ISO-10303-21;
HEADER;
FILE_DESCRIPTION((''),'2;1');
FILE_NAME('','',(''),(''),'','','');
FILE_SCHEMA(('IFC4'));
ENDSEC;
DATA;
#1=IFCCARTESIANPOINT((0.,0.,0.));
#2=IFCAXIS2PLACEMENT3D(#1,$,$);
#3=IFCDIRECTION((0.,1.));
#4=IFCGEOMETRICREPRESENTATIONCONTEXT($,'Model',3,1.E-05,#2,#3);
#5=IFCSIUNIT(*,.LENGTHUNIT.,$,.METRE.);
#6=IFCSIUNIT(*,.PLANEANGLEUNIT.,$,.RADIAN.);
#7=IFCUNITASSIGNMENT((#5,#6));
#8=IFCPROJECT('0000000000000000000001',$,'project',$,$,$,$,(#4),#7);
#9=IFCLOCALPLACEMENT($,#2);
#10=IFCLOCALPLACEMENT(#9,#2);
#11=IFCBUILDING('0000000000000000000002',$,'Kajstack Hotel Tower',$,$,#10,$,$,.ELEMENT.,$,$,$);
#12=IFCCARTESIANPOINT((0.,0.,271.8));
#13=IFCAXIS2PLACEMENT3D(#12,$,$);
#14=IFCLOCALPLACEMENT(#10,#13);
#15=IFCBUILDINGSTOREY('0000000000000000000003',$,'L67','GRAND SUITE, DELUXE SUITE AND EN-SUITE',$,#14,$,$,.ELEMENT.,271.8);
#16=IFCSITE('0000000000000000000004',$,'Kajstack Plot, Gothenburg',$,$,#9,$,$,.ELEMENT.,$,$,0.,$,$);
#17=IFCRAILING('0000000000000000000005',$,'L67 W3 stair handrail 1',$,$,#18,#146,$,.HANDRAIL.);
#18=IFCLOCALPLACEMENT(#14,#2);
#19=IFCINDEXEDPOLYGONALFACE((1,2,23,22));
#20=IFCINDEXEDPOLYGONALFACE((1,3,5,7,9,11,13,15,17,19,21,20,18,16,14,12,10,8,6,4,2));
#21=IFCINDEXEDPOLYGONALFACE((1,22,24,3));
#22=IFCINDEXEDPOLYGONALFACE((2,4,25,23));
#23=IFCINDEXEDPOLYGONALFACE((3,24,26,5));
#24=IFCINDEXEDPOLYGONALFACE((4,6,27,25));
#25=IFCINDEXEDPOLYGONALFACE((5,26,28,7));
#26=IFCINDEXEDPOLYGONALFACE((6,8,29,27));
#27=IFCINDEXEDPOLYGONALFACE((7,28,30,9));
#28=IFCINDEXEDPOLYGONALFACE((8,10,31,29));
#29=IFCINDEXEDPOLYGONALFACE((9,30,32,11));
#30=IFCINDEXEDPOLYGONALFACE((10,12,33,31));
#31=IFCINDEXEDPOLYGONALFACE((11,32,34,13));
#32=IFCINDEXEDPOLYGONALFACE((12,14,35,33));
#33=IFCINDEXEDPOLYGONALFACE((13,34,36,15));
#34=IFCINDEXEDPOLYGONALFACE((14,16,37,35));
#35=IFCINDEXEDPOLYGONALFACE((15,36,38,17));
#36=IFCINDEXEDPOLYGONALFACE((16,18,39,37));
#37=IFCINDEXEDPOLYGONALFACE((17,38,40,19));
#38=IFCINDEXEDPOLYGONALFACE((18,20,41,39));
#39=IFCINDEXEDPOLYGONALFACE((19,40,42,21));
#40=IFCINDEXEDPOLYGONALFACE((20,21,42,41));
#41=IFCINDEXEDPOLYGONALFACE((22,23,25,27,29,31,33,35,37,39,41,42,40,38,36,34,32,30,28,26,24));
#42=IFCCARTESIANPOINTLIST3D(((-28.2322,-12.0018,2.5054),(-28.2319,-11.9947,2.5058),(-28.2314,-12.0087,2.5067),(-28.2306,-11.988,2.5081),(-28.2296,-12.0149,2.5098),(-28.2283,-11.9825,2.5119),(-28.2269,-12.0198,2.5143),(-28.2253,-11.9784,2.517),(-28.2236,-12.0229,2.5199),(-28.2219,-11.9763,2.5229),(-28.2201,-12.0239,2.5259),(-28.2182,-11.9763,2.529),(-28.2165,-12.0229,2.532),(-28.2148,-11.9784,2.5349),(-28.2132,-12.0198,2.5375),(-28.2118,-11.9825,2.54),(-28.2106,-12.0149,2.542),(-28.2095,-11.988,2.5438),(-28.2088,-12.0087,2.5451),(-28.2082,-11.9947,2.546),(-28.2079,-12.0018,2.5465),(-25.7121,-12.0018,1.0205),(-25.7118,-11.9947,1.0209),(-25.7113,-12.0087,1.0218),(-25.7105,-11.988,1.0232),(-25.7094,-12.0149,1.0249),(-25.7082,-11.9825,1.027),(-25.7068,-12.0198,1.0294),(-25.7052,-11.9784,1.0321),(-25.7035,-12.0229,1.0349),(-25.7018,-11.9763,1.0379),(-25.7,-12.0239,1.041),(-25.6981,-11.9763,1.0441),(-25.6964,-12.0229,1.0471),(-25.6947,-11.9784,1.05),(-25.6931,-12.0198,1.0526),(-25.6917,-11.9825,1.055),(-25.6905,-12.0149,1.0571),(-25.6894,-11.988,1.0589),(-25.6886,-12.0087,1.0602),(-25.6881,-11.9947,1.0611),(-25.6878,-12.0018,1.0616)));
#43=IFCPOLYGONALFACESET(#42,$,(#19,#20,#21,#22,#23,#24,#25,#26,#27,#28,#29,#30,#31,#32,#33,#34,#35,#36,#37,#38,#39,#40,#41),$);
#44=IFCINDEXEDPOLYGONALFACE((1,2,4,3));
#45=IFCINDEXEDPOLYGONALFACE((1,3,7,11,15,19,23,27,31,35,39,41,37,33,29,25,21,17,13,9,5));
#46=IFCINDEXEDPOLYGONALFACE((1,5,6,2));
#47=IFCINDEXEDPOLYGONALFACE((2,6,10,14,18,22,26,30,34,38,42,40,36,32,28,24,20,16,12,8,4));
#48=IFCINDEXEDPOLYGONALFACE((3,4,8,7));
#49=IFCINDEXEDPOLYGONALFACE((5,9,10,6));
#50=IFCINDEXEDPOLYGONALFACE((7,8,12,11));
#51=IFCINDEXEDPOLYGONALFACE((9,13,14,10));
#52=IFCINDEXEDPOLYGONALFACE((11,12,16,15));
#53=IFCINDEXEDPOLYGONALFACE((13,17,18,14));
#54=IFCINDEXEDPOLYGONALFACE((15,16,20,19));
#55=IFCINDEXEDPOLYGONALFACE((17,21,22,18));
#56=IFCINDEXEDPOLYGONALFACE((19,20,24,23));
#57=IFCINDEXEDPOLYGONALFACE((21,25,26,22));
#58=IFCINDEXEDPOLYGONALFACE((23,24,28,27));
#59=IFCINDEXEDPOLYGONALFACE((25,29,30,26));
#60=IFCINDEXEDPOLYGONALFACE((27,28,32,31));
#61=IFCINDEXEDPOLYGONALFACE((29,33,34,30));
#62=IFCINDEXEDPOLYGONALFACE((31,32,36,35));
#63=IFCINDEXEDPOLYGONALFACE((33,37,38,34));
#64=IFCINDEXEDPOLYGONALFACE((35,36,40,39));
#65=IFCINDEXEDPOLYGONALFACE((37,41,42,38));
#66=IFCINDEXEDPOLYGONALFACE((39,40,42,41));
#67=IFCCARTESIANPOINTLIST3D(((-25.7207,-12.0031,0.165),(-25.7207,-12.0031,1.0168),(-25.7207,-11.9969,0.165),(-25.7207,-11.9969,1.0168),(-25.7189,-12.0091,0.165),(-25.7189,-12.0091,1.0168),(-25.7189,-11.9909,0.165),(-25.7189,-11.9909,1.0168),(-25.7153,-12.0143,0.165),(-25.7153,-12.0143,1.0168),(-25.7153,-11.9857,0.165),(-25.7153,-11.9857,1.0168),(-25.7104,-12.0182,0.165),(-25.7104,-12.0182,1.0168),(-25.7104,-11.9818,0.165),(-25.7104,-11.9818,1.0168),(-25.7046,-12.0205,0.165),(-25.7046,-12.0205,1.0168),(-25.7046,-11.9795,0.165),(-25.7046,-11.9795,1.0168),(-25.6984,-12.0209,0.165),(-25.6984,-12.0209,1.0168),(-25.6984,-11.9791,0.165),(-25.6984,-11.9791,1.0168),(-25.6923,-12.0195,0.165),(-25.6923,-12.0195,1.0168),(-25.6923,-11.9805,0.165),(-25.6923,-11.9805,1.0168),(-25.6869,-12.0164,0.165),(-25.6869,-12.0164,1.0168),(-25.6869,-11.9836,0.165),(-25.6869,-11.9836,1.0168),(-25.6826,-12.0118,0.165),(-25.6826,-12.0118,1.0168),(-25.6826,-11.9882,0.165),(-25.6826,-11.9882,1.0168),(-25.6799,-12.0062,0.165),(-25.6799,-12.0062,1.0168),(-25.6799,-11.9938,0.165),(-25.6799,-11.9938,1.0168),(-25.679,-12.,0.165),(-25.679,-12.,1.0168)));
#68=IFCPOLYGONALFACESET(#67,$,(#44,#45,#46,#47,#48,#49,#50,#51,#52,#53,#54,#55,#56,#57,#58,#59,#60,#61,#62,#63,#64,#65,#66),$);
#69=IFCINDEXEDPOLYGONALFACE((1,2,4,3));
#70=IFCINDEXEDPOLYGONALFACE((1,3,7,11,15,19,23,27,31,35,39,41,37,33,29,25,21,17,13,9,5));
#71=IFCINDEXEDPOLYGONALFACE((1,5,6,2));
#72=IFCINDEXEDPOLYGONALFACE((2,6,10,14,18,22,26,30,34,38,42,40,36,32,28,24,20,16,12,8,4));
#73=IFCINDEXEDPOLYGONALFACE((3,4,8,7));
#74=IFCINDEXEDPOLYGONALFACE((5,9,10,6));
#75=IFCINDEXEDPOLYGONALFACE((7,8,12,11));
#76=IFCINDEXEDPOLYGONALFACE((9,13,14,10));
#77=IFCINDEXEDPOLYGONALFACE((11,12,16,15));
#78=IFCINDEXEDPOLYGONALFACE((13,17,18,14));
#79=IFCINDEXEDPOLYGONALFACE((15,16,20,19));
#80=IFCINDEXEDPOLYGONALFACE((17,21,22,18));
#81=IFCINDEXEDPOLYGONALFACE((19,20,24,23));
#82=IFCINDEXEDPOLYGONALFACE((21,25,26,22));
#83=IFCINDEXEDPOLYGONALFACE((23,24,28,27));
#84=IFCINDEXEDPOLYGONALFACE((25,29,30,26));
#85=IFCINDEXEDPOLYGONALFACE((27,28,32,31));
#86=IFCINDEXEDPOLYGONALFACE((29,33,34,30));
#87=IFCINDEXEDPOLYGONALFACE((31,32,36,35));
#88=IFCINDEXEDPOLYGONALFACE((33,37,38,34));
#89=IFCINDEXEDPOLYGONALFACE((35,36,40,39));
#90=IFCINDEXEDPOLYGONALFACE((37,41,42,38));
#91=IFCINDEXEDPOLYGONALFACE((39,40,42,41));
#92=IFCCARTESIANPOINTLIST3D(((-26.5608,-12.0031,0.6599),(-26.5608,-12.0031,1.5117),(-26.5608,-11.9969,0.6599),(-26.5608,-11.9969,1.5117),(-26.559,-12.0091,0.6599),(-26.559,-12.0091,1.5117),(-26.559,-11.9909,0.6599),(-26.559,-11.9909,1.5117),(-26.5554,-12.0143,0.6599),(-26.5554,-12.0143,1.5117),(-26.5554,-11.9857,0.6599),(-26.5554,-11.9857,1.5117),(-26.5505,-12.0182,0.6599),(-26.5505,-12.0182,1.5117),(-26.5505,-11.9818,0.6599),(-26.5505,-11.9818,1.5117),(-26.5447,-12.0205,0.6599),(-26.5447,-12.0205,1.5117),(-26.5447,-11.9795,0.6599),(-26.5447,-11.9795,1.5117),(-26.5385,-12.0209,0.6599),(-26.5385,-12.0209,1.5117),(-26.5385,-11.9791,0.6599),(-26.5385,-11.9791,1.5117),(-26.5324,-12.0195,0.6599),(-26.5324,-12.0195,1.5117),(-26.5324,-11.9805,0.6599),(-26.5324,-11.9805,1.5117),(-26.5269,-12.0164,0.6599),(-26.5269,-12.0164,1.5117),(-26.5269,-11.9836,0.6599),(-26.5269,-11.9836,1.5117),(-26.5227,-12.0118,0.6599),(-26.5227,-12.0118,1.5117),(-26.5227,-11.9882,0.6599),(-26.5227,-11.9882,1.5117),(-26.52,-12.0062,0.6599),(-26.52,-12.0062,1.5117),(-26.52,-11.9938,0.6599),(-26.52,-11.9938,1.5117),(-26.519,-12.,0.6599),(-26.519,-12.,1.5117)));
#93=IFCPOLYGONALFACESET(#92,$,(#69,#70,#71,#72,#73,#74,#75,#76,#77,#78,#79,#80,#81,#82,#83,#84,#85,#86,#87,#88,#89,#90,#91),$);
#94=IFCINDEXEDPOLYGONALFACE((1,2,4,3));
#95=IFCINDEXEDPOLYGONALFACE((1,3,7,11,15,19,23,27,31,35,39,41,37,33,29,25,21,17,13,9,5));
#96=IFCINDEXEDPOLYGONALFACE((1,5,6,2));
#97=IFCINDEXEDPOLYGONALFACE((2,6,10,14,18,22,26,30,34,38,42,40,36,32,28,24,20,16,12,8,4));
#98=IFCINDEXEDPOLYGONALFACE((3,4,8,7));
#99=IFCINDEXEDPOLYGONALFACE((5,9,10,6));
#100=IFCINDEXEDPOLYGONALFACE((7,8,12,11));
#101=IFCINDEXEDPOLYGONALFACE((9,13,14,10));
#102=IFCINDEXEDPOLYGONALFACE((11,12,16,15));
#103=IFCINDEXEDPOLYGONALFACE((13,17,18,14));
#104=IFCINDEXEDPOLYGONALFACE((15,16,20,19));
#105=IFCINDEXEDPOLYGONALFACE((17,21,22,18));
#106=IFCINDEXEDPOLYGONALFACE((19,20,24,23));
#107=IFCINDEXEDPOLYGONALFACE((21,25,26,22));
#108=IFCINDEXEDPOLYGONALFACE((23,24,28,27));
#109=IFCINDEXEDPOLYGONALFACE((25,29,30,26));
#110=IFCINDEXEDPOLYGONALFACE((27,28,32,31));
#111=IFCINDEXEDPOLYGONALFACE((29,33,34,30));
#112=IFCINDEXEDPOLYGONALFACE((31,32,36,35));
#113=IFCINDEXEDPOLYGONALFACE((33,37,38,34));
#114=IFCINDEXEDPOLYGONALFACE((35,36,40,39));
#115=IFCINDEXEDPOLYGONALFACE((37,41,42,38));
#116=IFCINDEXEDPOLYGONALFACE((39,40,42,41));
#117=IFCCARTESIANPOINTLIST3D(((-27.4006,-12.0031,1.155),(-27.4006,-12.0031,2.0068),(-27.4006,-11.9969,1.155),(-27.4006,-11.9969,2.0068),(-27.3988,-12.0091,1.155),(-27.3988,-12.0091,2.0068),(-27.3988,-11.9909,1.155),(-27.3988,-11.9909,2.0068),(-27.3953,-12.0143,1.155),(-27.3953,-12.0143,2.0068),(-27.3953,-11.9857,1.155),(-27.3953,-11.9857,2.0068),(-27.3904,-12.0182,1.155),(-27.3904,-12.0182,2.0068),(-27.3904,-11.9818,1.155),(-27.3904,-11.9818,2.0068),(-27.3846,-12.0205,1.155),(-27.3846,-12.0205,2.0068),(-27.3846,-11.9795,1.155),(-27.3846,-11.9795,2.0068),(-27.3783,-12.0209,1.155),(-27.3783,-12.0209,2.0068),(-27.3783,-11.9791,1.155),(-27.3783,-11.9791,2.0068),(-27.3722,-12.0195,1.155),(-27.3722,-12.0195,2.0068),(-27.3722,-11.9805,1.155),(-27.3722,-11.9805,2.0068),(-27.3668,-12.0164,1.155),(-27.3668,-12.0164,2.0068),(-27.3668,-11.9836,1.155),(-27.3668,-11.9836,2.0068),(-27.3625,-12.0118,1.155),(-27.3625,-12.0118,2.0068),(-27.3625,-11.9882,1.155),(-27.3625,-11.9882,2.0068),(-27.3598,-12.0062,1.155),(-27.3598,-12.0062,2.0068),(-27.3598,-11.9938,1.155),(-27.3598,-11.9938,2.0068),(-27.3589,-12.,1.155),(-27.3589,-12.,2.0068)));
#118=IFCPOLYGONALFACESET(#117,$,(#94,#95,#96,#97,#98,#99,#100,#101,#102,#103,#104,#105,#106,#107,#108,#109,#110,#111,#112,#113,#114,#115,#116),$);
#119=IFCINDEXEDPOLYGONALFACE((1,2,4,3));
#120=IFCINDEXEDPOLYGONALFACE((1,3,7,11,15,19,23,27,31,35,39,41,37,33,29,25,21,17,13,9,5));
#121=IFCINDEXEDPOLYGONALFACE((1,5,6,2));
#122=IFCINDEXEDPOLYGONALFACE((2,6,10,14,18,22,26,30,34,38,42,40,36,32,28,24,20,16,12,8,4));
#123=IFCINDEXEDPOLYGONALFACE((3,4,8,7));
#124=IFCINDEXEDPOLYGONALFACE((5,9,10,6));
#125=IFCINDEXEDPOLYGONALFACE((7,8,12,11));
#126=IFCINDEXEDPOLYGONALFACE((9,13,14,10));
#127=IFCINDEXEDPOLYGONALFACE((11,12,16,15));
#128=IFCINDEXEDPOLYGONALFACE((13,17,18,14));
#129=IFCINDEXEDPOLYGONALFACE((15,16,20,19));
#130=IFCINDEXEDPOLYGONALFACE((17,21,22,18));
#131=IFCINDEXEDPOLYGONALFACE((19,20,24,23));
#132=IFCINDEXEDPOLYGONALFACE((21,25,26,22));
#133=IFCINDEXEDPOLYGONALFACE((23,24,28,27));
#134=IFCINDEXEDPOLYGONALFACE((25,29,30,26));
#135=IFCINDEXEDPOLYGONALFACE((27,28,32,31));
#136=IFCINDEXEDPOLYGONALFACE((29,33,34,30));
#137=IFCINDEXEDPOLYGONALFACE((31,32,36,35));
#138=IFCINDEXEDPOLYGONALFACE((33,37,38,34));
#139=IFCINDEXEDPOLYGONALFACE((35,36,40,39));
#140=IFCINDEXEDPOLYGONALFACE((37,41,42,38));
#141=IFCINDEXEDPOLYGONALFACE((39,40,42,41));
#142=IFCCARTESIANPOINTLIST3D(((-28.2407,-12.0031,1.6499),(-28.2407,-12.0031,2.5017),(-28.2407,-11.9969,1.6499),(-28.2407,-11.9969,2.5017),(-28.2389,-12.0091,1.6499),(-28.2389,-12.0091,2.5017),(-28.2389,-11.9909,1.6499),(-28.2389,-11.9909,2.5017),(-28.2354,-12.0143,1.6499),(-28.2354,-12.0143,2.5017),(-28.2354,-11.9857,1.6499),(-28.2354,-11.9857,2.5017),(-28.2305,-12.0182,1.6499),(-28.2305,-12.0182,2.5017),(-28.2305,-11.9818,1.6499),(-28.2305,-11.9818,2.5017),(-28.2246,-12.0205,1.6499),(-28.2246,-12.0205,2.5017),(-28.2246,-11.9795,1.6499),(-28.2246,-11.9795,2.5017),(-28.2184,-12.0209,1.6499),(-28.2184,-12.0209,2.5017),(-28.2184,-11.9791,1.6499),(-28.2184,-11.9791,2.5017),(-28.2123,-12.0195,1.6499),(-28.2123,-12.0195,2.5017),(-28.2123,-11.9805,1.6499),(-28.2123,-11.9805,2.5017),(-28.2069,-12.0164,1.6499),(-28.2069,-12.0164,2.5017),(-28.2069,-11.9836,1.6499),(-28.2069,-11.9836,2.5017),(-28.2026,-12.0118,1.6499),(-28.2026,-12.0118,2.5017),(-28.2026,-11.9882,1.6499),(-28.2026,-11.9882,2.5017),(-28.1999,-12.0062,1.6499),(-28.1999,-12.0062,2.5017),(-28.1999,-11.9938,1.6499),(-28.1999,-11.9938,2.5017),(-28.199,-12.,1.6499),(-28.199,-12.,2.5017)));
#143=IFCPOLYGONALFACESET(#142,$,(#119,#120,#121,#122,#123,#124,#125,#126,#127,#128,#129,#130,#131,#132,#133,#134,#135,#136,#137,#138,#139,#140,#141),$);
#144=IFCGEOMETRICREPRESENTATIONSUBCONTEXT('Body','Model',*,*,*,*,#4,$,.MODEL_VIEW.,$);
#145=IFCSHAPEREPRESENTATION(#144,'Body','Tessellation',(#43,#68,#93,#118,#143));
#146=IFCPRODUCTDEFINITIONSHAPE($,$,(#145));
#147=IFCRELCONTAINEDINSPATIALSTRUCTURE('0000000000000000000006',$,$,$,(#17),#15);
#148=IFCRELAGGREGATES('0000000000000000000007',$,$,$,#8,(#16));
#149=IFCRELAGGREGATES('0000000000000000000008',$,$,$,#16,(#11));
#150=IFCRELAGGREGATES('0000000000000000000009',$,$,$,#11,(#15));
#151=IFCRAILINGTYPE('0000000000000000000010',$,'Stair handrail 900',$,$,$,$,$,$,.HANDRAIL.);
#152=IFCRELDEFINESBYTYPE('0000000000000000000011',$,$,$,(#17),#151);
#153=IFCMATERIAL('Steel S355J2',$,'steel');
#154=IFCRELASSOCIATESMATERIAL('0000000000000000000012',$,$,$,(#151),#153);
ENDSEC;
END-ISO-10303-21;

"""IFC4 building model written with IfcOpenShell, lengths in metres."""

from ifc_helpers import new_model, si_unit, direction, frame, origin, origin_2d, place, context, subcontext, project, spatial, circle, extrude, material, type_object, element, save


model = new_model("IFC4")

# Units and contexts
model_context = context("Model", 3, precision=1e-05, world=origin(), true_north=direction((0.0, 1.0)))
body_context = subcontext(model_context, "Body", "Model", "MODEL_VIEW")
ifc_project = project(units=[si_unit("LENGTHUNIT", "METRE"), si_unit("PLANEANGLEUNIT", "RADIAN")], contexts=[model_context])

# Site, building, storey
site_placement = place(None, origin())
site = spatial("IfcSite", under=ifc_project, at=site_placement, Name="Kajstack Plot, Gothenburg", CompositionType="ELEMENT", RefElevation=0.0)
building_placement = place(site_placement, origin())
building = spatial("IfcBuilding", under=site, at=building_placement, Name="Kajstack Hotel Tower", CompositionType="ELEMENT")
storey_placement = place(building_placement, frame((0.0, 0.0, 271.8)))
storey = spatial("IfcBuildingStorey", under=building, at=storey_placement, Name="L67", Description="GRAND SUITE, DELUXE SUITE AND EN-SUITE", CompositionType="ELEMENT", Elevation=271.8)

# Railing
ifc_material_1 = material(Name="Steel S355J2", Category="steel")
railing_type_1 = type_object("IfcRailingType", Name="Stair handrail 900", PredefinedType="HANDRAIL", material=ifc_material_1)
railing_1_placement = place(storey_placement, frame((-25.7, -12.0, 0.165)))
element("IfcRailing", 1, at=railing_1_placement, inside=storey, type_object=railing_type_1, Name="L67 W3 stair handrail 1", PredefinedType="HANDRAIL", context=body_context, shape_type="SweptSolid", body=[
    extrude(circle(Radius=0.0239, at=origin_2d()), frame((0.0, 0.0, 0.876), z_axis=(-0.861561, 0.0, 0.507655), x_axis=(0.0, -1.0, 0.0)), (0.0, 0.0, 1.0), 2.925),
    extrude(circle(Radius=0.021, at=origin_2d()), origin(), (0.0, 0.0, 1.0), 0.8518),
    extrude(circle(Radius=0.021, at=origin_2d()), frame((-0.8401, 0.0, 0.4949)), (0.0, 0.0, 1.0), 0.8518),
    extrude(circle(Radius=0.021, at=origin_2d()), frame((-1.6799, 0.0, 0.99)), (0.0, 0.0, 1.0), 0.8518),
    extrude(circle(Radius=0.021, at=origin_2d()), frame((-2.52, 0.0, 1.4849)), (0.0, 0.0, 1.0), 0.8518),
])

save(model, "model.ifc")
